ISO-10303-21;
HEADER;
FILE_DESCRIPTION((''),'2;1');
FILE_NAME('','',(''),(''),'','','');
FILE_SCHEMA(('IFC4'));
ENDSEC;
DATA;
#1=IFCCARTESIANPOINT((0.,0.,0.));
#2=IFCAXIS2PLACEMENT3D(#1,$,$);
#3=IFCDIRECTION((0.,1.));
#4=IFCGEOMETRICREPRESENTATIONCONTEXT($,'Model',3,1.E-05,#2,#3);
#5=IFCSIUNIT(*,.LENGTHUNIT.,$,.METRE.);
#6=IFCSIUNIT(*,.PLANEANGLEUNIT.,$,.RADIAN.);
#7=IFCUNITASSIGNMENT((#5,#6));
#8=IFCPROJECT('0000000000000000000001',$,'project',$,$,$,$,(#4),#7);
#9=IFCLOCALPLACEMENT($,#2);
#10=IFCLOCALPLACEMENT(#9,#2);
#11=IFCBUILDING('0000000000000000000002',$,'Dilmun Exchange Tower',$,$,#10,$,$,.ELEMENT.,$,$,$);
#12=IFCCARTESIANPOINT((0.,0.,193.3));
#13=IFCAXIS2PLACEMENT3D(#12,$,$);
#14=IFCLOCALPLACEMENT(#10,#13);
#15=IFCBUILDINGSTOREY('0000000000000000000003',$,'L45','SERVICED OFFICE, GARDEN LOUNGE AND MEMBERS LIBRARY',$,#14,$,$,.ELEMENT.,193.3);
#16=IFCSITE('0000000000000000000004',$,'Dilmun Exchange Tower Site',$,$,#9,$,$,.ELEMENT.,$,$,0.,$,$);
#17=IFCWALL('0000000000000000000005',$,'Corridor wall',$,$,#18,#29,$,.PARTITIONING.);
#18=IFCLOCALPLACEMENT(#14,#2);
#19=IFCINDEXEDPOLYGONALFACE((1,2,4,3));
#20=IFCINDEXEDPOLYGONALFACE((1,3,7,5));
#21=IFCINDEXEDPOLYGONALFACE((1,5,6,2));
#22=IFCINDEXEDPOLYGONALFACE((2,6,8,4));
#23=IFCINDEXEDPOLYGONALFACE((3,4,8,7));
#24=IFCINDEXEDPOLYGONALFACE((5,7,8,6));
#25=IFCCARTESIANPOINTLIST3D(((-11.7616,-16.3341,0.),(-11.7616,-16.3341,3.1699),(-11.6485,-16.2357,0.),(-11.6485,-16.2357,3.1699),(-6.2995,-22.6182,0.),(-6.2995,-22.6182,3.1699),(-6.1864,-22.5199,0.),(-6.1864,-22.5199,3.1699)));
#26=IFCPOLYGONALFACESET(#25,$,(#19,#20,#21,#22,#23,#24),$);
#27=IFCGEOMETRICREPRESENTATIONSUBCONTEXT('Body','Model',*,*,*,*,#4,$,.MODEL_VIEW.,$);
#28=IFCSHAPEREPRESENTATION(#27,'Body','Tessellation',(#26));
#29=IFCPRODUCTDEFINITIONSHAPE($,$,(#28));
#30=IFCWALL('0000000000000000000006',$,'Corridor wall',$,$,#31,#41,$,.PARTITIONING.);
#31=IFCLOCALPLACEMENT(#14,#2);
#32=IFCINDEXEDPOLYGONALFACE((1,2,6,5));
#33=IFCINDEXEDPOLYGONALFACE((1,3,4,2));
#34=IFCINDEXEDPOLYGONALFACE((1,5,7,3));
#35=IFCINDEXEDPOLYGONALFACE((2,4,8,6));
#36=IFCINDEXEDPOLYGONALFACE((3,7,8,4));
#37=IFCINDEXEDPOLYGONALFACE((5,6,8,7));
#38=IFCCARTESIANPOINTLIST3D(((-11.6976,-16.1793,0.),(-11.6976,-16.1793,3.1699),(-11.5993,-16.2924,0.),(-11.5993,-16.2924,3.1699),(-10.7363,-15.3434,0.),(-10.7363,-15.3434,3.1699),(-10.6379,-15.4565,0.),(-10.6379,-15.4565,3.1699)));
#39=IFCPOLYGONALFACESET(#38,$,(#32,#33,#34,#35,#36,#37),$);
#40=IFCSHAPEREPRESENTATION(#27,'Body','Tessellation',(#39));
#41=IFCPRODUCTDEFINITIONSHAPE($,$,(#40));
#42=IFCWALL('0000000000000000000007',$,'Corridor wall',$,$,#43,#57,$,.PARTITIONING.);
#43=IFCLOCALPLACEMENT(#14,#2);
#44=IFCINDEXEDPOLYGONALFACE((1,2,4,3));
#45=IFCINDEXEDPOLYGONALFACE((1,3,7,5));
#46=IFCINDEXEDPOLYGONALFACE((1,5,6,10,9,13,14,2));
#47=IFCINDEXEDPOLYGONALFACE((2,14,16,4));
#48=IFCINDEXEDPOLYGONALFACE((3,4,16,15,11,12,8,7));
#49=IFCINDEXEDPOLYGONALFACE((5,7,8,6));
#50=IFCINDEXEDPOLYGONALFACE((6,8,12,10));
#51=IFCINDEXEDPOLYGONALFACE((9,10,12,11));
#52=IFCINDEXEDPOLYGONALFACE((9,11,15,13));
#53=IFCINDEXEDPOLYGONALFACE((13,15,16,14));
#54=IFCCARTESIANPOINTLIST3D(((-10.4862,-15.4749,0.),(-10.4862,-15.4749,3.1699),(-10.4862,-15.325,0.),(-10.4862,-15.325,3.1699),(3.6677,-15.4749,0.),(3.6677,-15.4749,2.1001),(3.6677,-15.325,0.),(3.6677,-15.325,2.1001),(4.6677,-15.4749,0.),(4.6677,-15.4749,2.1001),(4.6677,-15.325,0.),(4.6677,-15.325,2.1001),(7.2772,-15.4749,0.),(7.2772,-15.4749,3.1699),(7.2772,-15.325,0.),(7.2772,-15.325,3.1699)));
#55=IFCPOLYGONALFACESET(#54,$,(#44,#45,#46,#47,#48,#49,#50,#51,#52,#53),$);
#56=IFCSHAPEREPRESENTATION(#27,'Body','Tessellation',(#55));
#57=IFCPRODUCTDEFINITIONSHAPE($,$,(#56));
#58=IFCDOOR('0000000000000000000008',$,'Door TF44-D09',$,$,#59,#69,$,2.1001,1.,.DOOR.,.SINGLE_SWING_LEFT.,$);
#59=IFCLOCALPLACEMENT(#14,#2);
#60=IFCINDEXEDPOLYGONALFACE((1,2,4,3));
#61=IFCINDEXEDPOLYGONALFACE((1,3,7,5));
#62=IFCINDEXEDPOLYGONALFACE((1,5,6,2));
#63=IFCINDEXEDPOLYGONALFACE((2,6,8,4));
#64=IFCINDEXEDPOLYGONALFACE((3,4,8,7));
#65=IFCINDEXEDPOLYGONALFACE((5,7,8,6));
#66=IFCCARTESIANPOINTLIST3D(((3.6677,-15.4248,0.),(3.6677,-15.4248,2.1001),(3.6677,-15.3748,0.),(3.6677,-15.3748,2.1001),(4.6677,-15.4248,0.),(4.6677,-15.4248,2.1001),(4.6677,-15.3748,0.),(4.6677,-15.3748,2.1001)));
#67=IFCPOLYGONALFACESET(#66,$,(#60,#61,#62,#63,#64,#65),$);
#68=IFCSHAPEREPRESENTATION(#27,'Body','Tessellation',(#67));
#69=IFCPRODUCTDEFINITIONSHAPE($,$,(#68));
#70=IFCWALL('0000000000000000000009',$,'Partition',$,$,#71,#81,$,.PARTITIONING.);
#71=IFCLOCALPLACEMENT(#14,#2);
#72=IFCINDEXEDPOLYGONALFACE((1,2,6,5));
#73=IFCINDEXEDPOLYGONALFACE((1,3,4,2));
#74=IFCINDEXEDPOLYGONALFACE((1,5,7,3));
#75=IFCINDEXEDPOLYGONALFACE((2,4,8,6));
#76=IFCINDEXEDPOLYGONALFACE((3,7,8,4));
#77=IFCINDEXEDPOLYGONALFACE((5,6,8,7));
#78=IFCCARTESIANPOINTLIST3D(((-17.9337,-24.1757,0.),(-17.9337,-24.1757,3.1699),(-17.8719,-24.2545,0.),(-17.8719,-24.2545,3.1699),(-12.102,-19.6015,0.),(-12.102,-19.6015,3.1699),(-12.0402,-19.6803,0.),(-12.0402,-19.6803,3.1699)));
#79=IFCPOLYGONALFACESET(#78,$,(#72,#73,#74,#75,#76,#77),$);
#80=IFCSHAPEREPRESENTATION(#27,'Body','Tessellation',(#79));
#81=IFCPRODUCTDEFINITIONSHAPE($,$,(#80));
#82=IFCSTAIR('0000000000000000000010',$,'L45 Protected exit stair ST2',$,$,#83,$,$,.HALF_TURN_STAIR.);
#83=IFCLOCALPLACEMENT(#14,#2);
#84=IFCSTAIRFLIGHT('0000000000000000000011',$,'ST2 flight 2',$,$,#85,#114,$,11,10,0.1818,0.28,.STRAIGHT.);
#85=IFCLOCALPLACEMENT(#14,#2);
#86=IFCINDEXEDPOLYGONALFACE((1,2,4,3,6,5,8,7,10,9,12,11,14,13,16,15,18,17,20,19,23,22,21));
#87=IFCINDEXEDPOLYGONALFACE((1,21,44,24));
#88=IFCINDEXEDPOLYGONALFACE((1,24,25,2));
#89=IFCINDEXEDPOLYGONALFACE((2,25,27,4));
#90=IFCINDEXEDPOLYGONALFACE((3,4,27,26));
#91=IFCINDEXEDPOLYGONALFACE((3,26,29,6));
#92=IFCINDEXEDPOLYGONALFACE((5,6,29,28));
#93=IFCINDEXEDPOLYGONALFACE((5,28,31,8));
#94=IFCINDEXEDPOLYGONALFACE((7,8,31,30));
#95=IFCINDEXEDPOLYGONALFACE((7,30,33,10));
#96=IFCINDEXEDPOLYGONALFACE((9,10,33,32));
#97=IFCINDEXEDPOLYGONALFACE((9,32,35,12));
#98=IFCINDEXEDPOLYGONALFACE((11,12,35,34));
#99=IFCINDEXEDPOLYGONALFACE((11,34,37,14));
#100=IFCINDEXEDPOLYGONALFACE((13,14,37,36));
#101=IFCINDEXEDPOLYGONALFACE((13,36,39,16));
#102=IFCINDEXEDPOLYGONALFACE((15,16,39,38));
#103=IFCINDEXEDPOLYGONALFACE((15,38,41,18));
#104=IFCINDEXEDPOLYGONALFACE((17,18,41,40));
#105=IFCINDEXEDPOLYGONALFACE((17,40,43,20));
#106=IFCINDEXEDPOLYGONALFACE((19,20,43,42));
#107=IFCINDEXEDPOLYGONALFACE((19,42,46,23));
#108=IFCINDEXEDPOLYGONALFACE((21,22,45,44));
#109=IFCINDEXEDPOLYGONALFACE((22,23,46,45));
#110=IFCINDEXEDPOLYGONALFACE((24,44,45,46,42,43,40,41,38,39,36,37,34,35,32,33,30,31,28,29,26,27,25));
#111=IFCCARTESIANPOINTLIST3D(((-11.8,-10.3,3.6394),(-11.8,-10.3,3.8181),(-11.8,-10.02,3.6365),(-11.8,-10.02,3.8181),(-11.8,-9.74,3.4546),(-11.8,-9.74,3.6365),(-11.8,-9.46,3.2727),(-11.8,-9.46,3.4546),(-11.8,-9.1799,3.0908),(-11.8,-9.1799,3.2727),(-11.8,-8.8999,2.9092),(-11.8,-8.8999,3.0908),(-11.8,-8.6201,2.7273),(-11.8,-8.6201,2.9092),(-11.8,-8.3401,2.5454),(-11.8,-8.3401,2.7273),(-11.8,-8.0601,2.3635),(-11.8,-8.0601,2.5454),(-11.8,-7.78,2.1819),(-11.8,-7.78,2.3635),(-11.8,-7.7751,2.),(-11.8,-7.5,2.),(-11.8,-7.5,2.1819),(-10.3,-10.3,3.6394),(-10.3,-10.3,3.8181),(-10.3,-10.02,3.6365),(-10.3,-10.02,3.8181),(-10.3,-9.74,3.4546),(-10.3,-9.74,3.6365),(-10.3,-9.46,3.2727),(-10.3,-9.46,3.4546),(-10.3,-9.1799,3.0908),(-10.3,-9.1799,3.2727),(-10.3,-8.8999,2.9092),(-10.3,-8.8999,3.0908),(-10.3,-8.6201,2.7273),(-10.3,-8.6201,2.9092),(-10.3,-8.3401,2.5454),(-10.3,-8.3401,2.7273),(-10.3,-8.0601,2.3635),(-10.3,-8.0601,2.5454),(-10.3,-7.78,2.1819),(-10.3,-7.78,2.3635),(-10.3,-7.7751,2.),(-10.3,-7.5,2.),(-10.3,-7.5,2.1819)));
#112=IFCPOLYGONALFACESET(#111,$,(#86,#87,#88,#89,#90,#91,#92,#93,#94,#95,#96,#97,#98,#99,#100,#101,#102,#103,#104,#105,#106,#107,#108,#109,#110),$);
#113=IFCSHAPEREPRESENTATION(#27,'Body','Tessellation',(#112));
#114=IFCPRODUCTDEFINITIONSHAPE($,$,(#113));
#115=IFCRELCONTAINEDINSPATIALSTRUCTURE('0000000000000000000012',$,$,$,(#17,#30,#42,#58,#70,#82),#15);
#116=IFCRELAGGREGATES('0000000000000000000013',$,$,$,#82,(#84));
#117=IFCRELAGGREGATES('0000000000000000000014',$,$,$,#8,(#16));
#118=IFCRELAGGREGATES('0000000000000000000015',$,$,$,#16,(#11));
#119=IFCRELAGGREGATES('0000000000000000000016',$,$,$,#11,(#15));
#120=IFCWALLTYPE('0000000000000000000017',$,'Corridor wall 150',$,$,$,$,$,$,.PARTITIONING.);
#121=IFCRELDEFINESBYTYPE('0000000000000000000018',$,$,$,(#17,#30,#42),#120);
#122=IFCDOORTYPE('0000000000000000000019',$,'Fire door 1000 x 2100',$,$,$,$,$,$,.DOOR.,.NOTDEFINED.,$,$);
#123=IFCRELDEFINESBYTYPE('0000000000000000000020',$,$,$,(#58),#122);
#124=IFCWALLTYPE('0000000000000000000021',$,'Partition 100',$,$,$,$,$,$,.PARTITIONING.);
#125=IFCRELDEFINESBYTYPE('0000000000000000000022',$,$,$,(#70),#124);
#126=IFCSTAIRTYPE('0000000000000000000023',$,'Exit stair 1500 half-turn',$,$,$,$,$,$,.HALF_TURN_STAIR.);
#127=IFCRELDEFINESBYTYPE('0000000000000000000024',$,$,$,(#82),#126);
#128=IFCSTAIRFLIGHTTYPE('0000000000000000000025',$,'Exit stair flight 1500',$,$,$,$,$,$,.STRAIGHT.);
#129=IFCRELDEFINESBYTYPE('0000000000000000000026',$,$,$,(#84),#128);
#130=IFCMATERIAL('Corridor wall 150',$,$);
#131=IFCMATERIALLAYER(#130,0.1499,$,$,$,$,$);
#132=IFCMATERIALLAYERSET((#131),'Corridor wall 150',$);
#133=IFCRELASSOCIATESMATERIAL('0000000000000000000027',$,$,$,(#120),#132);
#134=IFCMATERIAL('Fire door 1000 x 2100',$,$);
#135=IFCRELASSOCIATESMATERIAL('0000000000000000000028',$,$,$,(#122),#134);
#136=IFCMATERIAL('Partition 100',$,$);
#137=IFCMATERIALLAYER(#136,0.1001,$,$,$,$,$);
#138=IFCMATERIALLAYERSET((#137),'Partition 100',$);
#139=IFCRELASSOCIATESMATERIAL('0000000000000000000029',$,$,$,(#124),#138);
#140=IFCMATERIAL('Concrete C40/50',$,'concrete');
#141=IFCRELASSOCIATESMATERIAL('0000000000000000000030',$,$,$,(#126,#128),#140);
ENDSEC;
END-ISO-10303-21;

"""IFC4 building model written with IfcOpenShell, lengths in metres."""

from ifc_helpers import new_model, si_unit, direction, frame, frame_2d, origin, place, context, subcontext, project, spatial, polyline, rectangle, outline, extrude, material, layer, layer_set, type_object, element, fill, aggregate, save


model = new_model("IFC4")

# Units and contexts
model_context = context("Model", 3, precision=1e-05, world=origin(), true_north=direction((0.0, 1.0)))
body_context = subcontext(model_context, "Body", "Model", "MODEL_VIEW")
ifc_project = project(units=[si_unit("LENGTHUNIT", "METRE"), si_unit("PLANEANGLEUNIT", "RADIAN")], contexts=[model_context])

# Site, building, storey
site_placement = place(None, origin())
site = spatial("IfcSite", under=ifc_project, at=site_placement, Name="Dilmun Exchange Tower Site", CompositionType="ELEMENT", RefElevation=0.0)
building_placement = place(site_placement, origin())
building = spatial("IfcBuilding", under=site, at=building_placement, Name="Dilmun Exchange Tower", CompositionType="ELEMENT")
storey_placement = place(building_placement, frame((0.0, 0.0, 193.3)))
storey = spatial("IfcBuildingStorey", under=building, at=storey_placement, Name="L45", Description="SERVICED OFFICE, GARDEN LOUNGE AND MEMBERS LIBRARY", CompositionType="ELEMENT", Elevation=193.3)

# Shared definitions
ifc_material_1 = material(Name="Concrete C40/50", Category="concrete")

# Walls
ifc_material_2 = material(Name="Corridor wall 150")
ifc_layer_1 = layer(ifc_material_2, 0.1499)
ifc_layer_set_1 = layer_set([ifc_layer_1], Name="Corridor wall 150")
wall_type_1 = type_object("IfcWallType", Name="Corridor wall 150", PredefinedType="PARTITIONING", material=ifc_layer_set_1)
wall_1_placement = place(storey_placement, frame((-11.7051, -16.2849, 0.0), z_axis=(0.0, 0.0, 1.0), x_axis=(0.656018, -0.754745, 0.0)))
element("IfcWall", 1, at=wall_1_placement, inside=storey, type_object=wall_type_1, Name="Corridor wall", PredefinedType="PARTITIONING", context=body_context, shape_type="SweptSolid", body=[
    extrude(rectangle(XDim=8.3262, YDim=0.1499, at=frame_2d((4.1631, 0.0))), origin(), (0.0, 0.0, 1.0), 3.1699),
])
wall_2_placement = place(storey_placement, frame((-11.6484, -16.2358, 0.0), z_axis=(0.0, 0.0, 1.0), x_axis=(0.754639, 0.656141, 0.0)))
element("IfcWall", 2, at=wall_2_placement, inside=storey, type_object=wall_type_1, Name="Corridor wall", PredefinedType="PARTITIONING", context=body_context, shape_type="SweptSolid", body=[
    extrude(rectangle(XDim=1.2739, YDim=0.1499, at=frame_2d((0.637, 0.0))), origin(), (0.0, 0.0, 1.0), 3.1699),
])

# Wall, opening, door
wall_3_placement = place(storey_placement, frame((-10.4863, -15.3999, 0.0), z_axis=(0.0, 0.0, 1.0), x_axis=(1.0, 0.0, 0.0)))
wall_3 = element("IfcWall", 3, at=wall_3_placement, inside=storey, type_object=wall_type_1, Name="Corridor wall", PredefinedType="PARTITIONING", context=body_context, shape_type="SweptSolid", body=[
    extrude(rectangle(XDim=17.7634, YDim=0.1499, at=frame_2d((8.8818, 0.0))), origin(), (0.0, 0.0, 1.0), 3.1699),
])
opening_1_placement = place(wall_3_placement, frame((14.1541, 0.0, 0.0)))
opening_1 = element("IfcOpeningElement", 4, at=opening_1_placement, cuts=wall_3, PredefinedType="OPENING", context=body_context, shape_type="SweptSolid", body=[
    extrude(rectangle(XDim=1.0, YDim=2.1001, at=frame_2d((0.5, 1.05))), frame((0.0, 0.085, 0.0), z_axis=(0.0, -1.0, 0.0), x_axis=(1.0, 0.0, 0.0)), (0.0, 0.0, 1.0), 0.1699),
])
ifc_material_3 = material(Name="Fire door 1000 x 2100")
door_type_1 = type_object("IfcDoorType", Name="Fire door 1000 x 2100", OperationType="NOTDEFINED", PredefinedType="DOOR", material=ifc_material_3)
door_1_placement = place(opening_1_placement, frame((1.0, 0.0, 0.0), z_axis=(0.0, 0.0, 1.0), x_axis=(-1.0, 0.0, 0.0)))
door_1 = element("IfcDoor", 5, at=door_1_placement, inside=storey, type_object=door_type_1, Name="Door TF44-D09", OperationType="SINGLE_SWING_LEFT", OverallHeight=2.1001, OverallWidth=1.0, PredefinedType="DOOR", context=body_context, shape_type="SweptSolid", body=[
    extrude(rectangle(XDim=1.0, YDim=2.1001, at=frame_2d((0.5, 1.05))), frame((0.0, 0.0249, 0.0), z_axis=(0.0, -1.0, 0.0), x_axis=(1.0, 0.0, 0.0)), (0.0, 0.0, 1.0), 0.05),
])
fill(opening_1, door_1)

# Wall
ifc_material_4 = material(Name="Partition 100")
ifc_layer_2 = layer(ifc_material_4, 0.1001)
ifc_layer_set_2 = layer_set([ifc_layer_2], Name="Partition 100")
wall_type_2 = type_object("IfcWallType", Name="Partition 100", PredefinedType="PARTITIONING", material=ifc_layer_set_2)
wall_4_placement = place(storey_placement, frame((-17.9028, -24.2151, 0.0), z_axis=(0.0, 0.0, 1.0), x_axis=(0.786836, 0.617162, 0.0)))
element("IfcWall", 6, at=wall_4_placement, inside=storey, type_object=wall_type_2, Name="Partition", PredefinedType="PARTITIONING", context=body_context, shape_type="SweptSolid", body=[
    extrude(rectangle(XDim=7.4116, YDim=0.1001, at=frame_2d((3.7058, 0.0))), origin(), (0.0, 0.0, 1.0), 3.1699),
])

# Stair, stair flight
stair_type = type_object("IfcStairType", Name="Exit stair 1500 half-turn", PredefinedType="HALF_TURN_STAIR", material=ifc_material_1)
stair_placement = place(storey_placement, origin())
stair = element("IfcStair", 7, at=stair_placement, inside=storey, type_object=stair_type, Name="L45 Protected exit stair ST2", PredefinedType="HALF_TURN_STAIR")
stair_flight_type = type_object("IfcStairFlightType", Name="Exit stair flight 1500", PredefinedType="STRAIGHT", material=ifc_material_1)
stair_flight_placement = place(storey_placement, frame((-11.05, -7.5, 2.0), z_axis=(0.0, 0.0, 1.0), x_axis=(0.0, -1.0, 0.0)))
stair_flight = element("IfcStairFlight", 8, at=stair_flight_placement, type_object=stair_flight_type, Name="ST2 flight 2", NumberOfRisers=11, NumberOfTreads=10, PredefinedType="STRAIGHT", RiserHeight=0.1818, TreadLength=0.28, context=body_context, shape_type="SweptSolid", body=[
    extrude(outline(polyline([(0.0, 0.0), (0.0, 0.1819), (0.28, 0.1819), (0.28, 0.3635), (0.5601, 0.3635), (0.5601, 0.5454), (0.8401, 0.5454), (0.8401, 0.7273), (1.1201, 0.7273), (1.1201, 0.9092), (1.3999, 0.9092), (1.3999, 1.0908), (1.6799, 1.0908), (1.6799, 1.2727), (1.96, 1.2727), (1.96, 1.4546), (2.24, 1.4546), (2.24, 1.6365), (2.52, 1.6365), (2.52, 1.8181), (2.8, 1.8181), (2.8, 2.0), (2.8, 1.6394), (0.2751, 0.0), (0.0, 0.0)])), frame((0.0, 0.75, 0.0), z_axis=(0.0, -1.0, 0.0), x_axis=(1.0, 0.0, 0.0)), (0.0, 0.0, 1.0), 1.5),
])
aggregate(stair, [stair_flight])

save(model, "model.ifc")
